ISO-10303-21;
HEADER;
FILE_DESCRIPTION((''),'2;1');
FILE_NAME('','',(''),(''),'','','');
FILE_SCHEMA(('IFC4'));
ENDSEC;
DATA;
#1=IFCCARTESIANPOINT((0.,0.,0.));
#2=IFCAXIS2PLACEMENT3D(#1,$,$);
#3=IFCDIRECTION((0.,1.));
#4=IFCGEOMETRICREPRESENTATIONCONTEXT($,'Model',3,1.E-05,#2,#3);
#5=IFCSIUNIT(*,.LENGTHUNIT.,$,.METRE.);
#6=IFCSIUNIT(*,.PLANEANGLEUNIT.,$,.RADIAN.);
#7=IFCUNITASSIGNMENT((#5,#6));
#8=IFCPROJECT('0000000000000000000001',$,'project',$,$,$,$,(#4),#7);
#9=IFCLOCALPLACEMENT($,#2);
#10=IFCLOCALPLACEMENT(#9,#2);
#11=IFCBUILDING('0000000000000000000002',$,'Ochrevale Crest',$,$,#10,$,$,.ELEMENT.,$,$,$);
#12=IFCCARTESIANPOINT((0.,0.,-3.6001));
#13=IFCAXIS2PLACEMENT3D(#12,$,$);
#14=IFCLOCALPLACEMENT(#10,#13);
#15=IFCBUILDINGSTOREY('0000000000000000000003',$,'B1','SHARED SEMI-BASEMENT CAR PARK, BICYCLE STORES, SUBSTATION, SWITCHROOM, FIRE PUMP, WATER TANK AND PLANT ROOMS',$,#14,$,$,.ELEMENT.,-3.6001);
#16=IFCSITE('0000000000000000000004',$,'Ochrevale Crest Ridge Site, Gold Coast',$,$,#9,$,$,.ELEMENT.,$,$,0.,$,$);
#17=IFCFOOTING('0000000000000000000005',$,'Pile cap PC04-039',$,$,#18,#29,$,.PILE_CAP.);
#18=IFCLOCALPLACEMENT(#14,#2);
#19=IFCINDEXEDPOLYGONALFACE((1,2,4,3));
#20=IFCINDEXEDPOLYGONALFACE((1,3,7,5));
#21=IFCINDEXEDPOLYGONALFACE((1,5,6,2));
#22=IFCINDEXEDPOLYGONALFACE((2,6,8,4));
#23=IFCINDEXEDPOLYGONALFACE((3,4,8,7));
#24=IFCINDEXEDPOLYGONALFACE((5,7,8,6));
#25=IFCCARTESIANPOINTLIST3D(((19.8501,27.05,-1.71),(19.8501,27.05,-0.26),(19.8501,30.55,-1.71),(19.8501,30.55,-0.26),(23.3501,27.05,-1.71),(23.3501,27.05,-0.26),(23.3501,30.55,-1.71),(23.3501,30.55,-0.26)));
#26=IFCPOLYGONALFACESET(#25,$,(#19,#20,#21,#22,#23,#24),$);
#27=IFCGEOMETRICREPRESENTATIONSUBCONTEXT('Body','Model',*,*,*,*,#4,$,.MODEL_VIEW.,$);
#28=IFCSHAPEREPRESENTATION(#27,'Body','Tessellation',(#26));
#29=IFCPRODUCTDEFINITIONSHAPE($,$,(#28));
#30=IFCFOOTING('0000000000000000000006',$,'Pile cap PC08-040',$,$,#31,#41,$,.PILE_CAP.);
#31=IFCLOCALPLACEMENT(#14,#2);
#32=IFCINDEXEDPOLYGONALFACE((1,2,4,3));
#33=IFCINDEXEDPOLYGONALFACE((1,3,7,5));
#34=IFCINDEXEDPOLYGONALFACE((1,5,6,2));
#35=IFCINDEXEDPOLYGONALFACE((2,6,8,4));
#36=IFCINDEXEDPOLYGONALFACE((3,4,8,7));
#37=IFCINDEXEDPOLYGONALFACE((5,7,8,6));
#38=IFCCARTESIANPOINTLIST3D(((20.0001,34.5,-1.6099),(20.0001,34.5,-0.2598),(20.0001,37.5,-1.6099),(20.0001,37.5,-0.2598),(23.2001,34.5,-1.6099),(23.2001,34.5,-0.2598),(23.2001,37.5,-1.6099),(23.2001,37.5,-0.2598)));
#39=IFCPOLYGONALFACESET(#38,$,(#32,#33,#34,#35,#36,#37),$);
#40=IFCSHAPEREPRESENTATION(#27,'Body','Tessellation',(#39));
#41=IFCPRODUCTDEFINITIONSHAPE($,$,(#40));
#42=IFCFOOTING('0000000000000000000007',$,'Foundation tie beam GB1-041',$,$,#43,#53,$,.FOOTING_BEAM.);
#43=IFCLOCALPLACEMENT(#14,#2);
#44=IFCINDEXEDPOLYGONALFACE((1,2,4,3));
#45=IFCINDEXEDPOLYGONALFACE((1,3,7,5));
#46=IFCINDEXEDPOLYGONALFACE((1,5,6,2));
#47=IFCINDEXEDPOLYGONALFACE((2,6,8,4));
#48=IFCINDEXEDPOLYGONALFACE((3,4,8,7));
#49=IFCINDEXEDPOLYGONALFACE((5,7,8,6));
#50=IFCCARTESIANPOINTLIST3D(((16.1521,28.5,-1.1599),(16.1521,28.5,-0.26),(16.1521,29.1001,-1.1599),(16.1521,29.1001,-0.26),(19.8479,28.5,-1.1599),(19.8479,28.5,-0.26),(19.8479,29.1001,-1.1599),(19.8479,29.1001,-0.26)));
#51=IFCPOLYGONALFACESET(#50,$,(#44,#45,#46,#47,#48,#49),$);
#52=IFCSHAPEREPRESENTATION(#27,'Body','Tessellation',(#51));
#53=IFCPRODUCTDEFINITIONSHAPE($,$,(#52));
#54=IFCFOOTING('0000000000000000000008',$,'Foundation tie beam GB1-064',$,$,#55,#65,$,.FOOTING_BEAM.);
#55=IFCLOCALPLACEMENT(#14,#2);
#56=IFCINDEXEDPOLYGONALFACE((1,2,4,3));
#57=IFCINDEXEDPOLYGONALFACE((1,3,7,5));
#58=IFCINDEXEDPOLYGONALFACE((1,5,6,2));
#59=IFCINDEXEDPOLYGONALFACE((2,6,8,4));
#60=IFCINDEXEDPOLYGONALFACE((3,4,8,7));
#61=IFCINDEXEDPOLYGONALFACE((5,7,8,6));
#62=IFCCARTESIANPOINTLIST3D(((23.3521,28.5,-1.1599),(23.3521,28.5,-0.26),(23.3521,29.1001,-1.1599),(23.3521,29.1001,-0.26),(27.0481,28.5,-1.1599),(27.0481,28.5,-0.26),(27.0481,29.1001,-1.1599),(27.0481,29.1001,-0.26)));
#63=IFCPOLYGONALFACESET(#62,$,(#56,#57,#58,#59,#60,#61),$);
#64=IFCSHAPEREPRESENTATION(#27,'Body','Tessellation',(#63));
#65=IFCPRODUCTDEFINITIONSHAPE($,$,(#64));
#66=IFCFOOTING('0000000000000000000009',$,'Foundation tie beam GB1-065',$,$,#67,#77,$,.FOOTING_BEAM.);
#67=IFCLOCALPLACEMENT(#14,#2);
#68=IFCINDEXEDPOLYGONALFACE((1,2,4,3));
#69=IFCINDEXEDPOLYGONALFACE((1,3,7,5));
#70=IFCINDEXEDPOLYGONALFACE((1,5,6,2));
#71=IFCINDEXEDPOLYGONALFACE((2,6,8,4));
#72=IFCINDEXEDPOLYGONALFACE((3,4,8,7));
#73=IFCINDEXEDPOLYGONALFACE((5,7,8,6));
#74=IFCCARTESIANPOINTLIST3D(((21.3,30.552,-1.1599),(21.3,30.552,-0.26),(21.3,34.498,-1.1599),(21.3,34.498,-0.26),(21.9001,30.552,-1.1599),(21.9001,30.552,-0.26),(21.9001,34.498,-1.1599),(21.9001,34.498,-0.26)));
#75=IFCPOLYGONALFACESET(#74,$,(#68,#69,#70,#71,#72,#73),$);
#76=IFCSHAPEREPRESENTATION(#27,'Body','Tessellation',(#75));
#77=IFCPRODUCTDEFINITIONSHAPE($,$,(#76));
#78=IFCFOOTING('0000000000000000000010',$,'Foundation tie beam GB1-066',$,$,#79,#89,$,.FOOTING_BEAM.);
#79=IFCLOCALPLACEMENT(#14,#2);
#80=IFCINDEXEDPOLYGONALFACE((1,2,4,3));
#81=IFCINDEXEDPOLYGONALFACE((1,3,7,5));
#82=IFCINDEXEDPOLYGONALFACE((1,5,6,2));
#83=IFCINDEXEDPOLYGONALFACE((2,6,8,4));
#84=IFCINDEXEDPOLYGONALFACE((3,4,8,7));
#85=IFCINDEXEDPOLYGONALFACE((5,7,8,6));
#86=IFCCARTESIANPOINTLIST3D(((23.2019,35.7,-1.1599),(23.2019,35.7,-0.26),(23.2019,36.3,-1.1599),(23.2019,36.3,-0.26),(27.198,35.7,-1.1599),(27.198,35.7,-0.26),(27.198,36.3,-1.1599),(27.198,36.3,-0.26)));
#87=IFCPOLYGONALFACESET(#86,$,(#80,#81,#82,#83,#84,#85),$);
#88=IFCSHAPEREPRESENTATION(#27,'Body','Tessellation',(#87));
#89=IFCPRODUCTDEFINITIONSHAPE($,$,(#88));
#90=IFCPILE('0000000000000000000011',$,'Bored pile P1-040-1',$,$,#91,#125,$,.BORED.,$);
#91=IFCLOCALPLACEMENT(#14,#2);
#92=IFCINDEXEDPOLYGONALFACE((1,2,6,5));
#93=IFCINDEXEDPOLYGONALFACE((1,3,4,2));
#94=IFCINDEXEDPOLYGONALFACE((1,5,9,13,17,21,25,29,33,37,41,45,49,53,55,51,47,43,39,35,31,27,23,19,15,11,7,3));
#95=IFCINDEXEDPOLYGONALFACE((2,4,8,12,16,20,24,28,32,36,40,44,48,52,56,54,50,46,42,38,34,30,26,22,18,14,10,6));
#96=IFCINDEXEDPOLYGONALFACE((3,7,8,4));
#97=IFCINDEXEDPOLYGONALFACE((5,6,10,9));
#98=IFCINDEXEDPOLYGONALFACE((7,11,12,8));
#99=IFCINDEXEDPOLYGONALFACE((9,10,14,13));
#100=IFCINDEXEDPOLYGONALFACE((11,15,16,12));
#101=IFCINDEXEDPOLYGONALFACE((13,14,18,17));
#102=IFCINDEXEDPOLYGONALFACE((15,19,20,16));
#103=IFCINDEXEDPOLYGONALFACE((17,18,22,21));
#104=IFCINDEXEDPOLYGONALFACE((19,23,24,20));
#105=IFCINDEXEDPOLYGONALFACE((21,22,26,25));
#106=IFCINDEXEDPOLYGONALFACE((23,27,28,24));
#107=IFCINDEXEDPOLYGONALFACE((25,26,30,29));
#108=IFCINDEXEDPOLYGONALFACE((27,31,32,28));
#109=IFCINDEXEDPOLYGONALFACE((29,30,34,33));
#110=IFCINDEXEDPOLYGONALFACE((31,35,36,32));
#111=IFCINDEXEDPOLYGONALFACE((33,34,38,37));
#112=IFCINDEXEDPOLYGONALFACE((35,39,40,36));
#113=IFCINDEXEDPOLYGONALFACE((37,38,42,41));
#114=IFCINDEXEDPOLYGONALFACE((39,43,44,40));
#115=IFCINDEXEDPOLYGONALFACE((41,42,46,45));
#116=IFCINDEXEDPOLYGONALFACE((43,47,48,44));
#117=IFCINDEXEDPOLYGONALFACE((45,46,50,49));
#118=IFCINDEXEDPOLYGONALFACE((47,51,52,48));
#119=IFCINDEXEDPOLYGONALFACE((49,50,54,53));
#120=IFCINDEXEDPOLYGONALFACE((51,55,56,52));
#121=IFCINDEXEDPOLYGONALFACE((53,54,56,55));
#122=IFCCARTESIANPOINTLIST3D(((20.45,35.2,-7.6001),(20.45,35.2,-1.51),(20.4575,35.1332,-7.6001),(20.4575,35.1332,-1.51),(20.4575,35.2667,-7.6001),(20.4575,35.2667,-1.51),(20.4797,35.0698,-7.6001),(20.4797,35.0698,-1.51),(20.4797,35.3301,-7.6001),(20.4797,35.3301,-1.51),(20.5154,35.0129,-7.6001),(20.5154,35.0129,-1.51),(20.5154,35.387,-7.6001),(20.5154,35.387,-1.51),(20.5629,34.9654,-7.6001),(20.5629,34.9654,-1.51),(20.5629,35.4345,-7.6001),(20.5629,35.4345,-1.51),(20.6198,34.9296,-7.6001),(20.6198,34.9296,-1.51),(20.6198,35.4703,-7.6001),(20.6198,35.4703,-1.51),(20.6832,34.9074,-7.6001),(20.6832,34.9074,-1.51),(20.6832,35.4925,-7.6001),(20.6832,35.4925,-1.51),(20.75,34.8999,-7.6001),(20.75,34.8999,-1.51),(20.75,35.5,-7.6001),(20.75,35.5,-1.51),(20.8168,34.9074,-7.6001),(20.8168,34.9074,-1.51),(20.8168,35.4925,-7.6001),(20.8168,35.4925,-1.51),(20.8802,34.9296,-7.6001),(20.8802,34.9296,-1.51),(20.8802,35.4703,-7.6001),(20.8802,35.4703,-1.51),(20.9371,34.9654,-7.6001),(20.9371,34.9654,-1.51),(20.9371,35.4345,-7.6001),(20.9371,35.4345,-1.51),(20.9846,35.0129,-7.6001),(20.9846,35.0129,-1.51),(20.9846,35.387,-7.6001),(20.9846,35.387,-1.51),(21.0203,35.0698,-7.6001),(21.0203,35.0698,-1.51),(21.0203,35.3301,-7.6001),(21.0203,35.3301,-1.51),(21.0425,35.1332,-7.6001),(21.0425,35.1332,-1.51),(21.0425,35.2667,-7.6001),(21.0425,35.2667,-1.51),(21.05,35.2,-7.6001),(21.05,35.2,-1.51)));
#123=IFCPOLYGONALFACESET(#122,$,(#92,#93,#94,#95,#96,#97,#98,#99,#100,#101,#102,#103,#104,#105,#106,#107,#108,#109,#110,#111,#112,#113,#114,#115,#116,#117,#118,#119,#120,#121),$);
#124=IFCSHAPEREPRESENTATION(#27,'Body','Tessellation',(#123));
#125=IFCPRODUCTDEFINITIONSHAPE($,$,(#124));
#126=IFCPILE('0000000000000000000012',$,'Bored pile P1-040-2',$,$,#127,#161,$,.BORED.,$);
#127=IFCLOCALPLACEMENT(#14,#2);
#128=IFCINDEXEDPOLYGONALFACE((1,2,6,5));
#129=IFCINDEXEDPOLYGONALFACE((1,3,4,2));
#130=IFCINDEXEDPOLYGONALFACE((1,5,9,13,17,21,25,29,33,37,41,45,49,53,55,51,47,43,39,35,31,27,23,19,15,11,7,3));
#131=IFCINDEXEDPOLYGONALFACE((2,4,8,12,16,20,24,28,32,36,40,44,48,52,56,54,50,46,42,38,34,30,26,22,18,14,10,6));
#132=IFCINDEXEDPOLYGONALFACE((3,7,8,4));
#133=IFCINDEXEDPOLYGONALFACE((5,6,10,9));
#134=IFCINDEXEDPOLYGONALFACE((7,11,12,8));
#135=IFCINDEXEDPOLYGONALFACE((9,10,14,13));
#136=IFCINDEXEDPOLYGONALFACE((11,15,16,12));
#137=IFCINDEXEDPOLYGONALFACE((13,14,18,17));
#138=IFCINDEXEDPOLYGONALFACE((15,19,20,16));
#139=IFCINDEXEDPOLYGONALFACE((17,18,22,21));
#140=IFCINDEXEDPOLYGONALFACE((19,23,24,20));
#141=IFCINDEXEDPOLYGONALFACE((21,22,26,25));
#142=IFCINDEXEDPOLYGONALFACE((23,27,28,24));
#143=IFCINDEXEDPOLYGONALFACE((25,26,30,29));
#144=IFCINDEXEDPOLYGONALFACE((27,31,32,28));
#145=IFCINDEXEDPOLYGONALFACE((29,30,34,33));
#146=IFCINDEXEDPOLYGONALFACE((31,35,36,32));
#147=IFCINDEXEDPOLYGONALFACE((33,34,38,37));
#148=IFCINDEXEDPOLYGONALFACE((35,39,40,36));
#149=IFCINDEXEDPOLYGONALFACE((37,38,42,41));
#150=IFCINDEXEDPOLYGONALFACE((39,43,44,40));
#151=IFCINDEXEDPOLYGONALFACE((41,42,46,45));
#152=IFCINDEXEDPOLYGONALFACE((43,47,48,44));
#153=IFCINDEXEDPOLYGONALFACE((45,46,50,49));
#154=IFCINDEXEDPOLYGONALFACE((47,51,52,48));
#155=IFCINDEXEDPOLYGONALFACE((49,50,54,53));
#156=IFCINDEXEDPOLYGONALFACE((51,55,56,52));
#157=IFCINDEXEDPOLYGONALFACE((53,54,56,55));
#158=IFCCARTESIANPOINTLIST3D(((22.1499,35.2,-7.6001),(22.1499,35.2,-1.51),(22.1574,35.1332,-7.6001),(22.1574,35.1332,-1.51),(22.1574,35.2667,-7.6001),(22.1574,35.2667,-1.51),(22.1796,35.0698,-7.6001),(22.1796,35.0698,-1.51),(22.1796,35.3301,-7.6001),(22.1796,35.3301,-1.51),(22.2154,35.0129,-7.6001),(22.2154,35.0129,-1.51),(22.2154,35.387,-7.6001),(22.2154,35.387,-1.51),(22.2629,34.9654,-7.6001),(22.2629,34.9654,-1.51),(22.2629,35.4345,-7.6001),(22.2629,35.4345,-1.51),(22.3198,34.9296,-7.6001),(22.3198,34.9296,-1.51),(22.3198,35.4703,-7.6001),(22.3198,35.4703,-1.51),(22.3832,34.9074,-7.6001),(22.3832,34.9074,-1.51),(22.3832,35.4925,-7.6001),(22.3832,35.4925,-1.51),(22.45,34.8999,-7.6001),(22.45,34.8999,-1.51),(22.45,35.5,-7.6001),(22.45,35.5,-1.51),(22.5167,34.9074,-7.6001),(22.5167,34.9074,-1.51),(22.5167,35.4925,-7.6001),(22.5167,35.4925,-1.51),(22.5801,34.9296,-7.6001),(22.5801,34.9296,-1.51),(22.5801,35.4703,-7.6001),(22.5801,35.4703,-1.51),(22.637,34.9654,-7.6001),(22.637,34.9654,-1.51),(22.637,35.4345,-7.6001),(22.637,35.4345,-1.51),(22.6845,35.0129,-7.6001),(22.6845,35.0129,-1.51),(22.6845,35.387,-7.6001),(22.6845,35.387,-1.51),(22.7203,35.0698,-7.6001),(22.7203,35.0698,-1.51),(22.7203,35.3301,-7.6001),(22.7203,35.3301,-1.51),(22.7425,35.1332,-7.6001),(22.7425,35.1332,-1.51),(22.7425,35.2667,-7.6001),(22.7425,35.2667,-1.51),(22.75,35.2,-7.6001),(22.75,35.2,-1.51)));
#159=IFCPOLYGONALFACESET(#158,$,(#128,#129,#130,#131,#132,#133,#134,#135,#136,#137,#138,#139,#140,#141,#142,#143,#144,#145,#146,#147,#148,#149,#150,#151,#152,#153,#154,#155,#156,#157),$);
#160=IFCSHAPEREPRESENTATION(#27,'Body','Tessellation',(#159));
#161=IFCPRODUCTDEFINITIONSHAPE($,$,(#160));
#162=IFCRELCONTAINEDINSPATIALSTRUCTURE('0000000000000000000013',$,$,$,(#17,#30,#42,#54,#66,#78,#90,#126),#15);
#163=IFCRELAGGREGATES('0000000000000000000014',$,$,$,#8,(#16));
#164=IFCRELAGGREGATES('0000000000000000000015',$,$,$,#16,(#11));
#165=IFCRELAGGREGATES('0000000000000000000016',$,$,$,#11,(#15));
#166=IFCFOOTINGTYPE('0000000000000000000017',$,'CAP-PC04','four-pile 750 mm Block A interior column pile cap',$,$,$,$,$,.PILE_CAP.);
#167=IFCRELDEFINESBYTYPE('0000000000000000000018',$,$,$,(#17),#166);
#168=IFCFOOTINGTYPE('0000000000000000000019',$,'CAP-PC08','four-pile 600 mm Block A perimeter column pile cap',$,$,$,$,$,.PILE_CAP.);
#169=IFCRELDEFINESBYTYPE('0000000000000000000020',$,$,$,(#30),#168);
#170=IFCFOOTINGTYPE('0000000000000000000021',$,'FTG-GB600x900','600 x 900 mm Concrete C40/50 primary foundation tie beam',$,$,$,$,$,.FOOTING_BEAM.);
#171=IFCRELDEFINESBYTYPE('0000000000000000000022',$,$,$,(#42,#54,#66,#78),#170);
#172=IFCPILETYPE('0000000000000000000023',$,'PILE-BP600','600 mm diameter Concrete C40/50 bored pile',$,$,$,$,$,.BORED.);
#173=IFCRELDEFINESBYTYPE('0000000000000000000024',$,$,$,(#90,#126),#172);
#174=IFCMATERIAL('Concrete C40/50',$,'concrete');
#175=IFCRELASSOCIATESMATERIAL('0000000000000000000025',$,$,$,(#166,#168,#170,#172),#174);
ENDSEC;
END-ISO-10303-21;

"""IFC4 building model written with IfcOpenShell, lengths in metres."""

from ifc_helpers import new_model, si_unit, direction, frame, origin, origin_2d, place, context, subcontext, project, spatial, rectangle, circle, extrude, material, material_profile, profile_set, type_object, element, save


model = new_model("IFC4")

# Units and contexts
model_context = context("Model", 3, precision=1e-05, world=origin(), true_north=direction((0.0, 1.0)))
body_context = subcontext(model_context, "Body", "Model", "MODEL_VIEW")
ifc_project = project(units=[si_unit("LENGTHUNIT", "METRE"), si_unit("PLANEANGLEUNIT", "RADIAN")], contexts=[model_context])

# Site, building, storey
site_placement = place(None, origin())
site = spatial("IfcSite", under=ifc_project, at=site_placement, Name="Ochrevale Crest Ridge Site, Gold Coast", CompositionType="ELEMENT", RefElevation=0.0)
building_placement = place(site_placement, origin())
building = spatial("IfcBuilding", under=site, at=building_placement, Name="Ochrevale Crest", CompositionType="ELEMENT")
storey_placement = place(building_placement, frame((0.0, 0.0, -3.6001)))
storey = spatial("IfcBuildingStorey", under=building, at=storey_placement, Name="B1", Description="SHARED SEMI-BASEMENT CAR PARK, BICYCLE STORES, SUBSTATION, SWITCHROOM, FIRE PUMP, WATER TANK AND PLANT ROOMS", CompositionType="ELEMENT", Elevation=-3.6001)

# Footings
ifc_material_1 = material(Name="Concrete C40/50", Category="concrete")
footing_type_1 = type_object("IfcFootingType", Name="CAP-PC04", Description="four-pile 750 mm Block A interior column pile cap", PredefinedType="PILE_CAP", material=ifc_material_1)
footing_1_placement = place(storey_placement, frame((21.6001, 28.8, -1.71), z_axis=(0.0, 0.0, 1.0), x_axis=(1.0, 0.0, 0.0)))
element("IfcFooting", 1, at=footing_1_placement, inside=storey, type_object=footing_type_1, Name="Pile cap PC04-039", PredefinedType="PILE_CAP", context=body_context, shape_type="SweptSolid", body=[
    extrude(rectangle(XDim=3.5, YDim=3.5, at=origin_2d()), origin(), (0.0, 0.0, 1.0), 1.45),
])
footing_type_2 = type_object("IfcFootingType", Name="CAP-PC08", Description="four-pile 600 mm Block A perimeter column pile cap", PredefinedType="PILE_CAP", material=ifc_material_1)
footing_2_placement = place(storey_placement, frame((21.6001, 36.0, -1.6099), z_axis=(0.0, 0.0, 1.0), x_axis=(1.0, 0.0, 0.0)))
element("IfcFooting", 2, at=footing_2_placement, inside=storey, type_object=footing_type_2, Name="Pile cap PC08-040", PredefinedType="PILE_CAP", context=body_context, shape_type="SweptSolid", body=[
    extrude(rectangle(XDim=3.2, YDim=3.0, at=origin_2d()), origin(), (0.0, 0.0, 1.0), 1.3501),
])
ifc_material_profile_1 = material_profile(ifc_material_1, rectangle(XDim=0.6001, YDim=0.8999, at=origin_2d()), Name="GB 600x900")
ifc_profile_set_1 = profile_set([ifc_material_profile_1], Name="Concrete C40/50")
footing_type_3 = type_object("IfcFootingType", Name="FTG-GB600x900", Description="600 x 900 mm Concrete C40/50 primary foundation tie beam", PredefinedType="FOOTING_BEAM", material=ifc_profile_set_1)
footing_3_placement = place(storey_placement, frame((16.1521, 28.8, -0.71), z_axis=(1.0, 0.0, 0.0), x_axis=(0.0, 1.0, 0.0)))
element("IfcFooting", 3, at=footing_3_placement, inside=storey, type_object=footing_type_3, Name="Foundation tie beam GB1-041", PredefinedType="FOOTING_BEAM", context=body_context, shape_type="SweptSolid", body=[
    extrude(rectangle(XDim=0.6001, YDim=0.8999, at=origin_2d()), origin(), (0.0, 0.0, 1.0), 3.6958),
])
footing_4_placement = place(storey_placement, frame((23.3521, 28.8, -0.71), z_axis=(1.0, 0.0, 0.0), x_axis=(0.0, 1.0, 0.0)))
element("IfcFooting", 4, at=footing_4_placement, inside=storey, type_object=footing_type_3, Name="Foundation tie beam GB1-064", PredefinedType="FOOTING_BEAM", context=body_context, shape_type="SweptSolid", body=[
    extrude(rectangle(XDim=0.6001, YDim=0.8999, at=origin_2d()), origin(), (0.0, 0.0, 1.0), 3.696),
])
footing_5_placement = place(storey_placement, frame((21.6001, 30.552, -0.71), z_axis=(0.0, 1.0, 0.0), x_axis=(-1.0, 0.0, 0.0)))
element("IfcFooting", 5, at=footing_5_placement, inside=storey, type_object=footing_type_3, Name="Foundation tie beam GB1-065", PredefinedType="FOOTING_BEAM", context=body_context, shape_type="SweptSolid", body=[
    extrude(rectangle(XDim=0.6001, YDim=0.8999, at=origin_2d()), origin(), (0.0, 0.0, 1.0), 3.946),
])
footing_6_placement = place(storey_placement, frame((23.2019, 36.0, -0.71), z_axis=(1.0, 0.0, 0.0), x_axis=(0.0, 1.0, 0.0)))
element("IfcFooting", 6, at=footing_6_placement, inside=storey, type_object=footing_type_3, Name="Foundation tie beam GB1-066", PredefinedType="FOOTING_BEAM", context=body_context, shape_type="SweptSolid", body=[
    extrude(rectangle(XDim=0.6001, YDim=0.8999, at=origin_2d()), origin(), (0.0, 0.0, 1.0), 3.9961),
])

# Piles
ifc_material_profile_2 = material_profile(ifc_material_1, circle(Radius=0.3, at=origin_2d()), Name="BORED PILE 600")
ifc_profile_set_2 = profile_set([ifc_material_profile_2], Name="Concrete C40/50")
pile_type_1 = type_object("IfcPileType", Name="PILE-BP600", Description="600 mm diameter Concrete C40/50 bored pile", PredefinedType="BORED", material=ifc_profile_set_2)
for number, where, z_axis, x_axis, name in (
    (7, (20.75, 35.2, -1.51), (0.0, 0.0, -1.0), (1.0, 0.0, 0.0), "Bored pile P1-040-1"),
    (8, (22.45, 35.2, -1.51), (0.0, 0.0, -1.0), (1.0, 0.0, 0.0), "Bored pile P1-040-2"),
):
    element("IfcPile", number, at=place(storey_placement, frame(where, z_axis=z_axis, x_axis=x_axis)), inside=storey, type_object=pile_type_1, Name=name, PredefinedType="BORED", context=body_context, shape_type="SweptSolid", body=[
        extrude(circle(Radius=0.3, at=origin_2d()), origin(), (0.0, 0.0, 1.0), 6.0901),
    ])

save(model, "model.ifc")
